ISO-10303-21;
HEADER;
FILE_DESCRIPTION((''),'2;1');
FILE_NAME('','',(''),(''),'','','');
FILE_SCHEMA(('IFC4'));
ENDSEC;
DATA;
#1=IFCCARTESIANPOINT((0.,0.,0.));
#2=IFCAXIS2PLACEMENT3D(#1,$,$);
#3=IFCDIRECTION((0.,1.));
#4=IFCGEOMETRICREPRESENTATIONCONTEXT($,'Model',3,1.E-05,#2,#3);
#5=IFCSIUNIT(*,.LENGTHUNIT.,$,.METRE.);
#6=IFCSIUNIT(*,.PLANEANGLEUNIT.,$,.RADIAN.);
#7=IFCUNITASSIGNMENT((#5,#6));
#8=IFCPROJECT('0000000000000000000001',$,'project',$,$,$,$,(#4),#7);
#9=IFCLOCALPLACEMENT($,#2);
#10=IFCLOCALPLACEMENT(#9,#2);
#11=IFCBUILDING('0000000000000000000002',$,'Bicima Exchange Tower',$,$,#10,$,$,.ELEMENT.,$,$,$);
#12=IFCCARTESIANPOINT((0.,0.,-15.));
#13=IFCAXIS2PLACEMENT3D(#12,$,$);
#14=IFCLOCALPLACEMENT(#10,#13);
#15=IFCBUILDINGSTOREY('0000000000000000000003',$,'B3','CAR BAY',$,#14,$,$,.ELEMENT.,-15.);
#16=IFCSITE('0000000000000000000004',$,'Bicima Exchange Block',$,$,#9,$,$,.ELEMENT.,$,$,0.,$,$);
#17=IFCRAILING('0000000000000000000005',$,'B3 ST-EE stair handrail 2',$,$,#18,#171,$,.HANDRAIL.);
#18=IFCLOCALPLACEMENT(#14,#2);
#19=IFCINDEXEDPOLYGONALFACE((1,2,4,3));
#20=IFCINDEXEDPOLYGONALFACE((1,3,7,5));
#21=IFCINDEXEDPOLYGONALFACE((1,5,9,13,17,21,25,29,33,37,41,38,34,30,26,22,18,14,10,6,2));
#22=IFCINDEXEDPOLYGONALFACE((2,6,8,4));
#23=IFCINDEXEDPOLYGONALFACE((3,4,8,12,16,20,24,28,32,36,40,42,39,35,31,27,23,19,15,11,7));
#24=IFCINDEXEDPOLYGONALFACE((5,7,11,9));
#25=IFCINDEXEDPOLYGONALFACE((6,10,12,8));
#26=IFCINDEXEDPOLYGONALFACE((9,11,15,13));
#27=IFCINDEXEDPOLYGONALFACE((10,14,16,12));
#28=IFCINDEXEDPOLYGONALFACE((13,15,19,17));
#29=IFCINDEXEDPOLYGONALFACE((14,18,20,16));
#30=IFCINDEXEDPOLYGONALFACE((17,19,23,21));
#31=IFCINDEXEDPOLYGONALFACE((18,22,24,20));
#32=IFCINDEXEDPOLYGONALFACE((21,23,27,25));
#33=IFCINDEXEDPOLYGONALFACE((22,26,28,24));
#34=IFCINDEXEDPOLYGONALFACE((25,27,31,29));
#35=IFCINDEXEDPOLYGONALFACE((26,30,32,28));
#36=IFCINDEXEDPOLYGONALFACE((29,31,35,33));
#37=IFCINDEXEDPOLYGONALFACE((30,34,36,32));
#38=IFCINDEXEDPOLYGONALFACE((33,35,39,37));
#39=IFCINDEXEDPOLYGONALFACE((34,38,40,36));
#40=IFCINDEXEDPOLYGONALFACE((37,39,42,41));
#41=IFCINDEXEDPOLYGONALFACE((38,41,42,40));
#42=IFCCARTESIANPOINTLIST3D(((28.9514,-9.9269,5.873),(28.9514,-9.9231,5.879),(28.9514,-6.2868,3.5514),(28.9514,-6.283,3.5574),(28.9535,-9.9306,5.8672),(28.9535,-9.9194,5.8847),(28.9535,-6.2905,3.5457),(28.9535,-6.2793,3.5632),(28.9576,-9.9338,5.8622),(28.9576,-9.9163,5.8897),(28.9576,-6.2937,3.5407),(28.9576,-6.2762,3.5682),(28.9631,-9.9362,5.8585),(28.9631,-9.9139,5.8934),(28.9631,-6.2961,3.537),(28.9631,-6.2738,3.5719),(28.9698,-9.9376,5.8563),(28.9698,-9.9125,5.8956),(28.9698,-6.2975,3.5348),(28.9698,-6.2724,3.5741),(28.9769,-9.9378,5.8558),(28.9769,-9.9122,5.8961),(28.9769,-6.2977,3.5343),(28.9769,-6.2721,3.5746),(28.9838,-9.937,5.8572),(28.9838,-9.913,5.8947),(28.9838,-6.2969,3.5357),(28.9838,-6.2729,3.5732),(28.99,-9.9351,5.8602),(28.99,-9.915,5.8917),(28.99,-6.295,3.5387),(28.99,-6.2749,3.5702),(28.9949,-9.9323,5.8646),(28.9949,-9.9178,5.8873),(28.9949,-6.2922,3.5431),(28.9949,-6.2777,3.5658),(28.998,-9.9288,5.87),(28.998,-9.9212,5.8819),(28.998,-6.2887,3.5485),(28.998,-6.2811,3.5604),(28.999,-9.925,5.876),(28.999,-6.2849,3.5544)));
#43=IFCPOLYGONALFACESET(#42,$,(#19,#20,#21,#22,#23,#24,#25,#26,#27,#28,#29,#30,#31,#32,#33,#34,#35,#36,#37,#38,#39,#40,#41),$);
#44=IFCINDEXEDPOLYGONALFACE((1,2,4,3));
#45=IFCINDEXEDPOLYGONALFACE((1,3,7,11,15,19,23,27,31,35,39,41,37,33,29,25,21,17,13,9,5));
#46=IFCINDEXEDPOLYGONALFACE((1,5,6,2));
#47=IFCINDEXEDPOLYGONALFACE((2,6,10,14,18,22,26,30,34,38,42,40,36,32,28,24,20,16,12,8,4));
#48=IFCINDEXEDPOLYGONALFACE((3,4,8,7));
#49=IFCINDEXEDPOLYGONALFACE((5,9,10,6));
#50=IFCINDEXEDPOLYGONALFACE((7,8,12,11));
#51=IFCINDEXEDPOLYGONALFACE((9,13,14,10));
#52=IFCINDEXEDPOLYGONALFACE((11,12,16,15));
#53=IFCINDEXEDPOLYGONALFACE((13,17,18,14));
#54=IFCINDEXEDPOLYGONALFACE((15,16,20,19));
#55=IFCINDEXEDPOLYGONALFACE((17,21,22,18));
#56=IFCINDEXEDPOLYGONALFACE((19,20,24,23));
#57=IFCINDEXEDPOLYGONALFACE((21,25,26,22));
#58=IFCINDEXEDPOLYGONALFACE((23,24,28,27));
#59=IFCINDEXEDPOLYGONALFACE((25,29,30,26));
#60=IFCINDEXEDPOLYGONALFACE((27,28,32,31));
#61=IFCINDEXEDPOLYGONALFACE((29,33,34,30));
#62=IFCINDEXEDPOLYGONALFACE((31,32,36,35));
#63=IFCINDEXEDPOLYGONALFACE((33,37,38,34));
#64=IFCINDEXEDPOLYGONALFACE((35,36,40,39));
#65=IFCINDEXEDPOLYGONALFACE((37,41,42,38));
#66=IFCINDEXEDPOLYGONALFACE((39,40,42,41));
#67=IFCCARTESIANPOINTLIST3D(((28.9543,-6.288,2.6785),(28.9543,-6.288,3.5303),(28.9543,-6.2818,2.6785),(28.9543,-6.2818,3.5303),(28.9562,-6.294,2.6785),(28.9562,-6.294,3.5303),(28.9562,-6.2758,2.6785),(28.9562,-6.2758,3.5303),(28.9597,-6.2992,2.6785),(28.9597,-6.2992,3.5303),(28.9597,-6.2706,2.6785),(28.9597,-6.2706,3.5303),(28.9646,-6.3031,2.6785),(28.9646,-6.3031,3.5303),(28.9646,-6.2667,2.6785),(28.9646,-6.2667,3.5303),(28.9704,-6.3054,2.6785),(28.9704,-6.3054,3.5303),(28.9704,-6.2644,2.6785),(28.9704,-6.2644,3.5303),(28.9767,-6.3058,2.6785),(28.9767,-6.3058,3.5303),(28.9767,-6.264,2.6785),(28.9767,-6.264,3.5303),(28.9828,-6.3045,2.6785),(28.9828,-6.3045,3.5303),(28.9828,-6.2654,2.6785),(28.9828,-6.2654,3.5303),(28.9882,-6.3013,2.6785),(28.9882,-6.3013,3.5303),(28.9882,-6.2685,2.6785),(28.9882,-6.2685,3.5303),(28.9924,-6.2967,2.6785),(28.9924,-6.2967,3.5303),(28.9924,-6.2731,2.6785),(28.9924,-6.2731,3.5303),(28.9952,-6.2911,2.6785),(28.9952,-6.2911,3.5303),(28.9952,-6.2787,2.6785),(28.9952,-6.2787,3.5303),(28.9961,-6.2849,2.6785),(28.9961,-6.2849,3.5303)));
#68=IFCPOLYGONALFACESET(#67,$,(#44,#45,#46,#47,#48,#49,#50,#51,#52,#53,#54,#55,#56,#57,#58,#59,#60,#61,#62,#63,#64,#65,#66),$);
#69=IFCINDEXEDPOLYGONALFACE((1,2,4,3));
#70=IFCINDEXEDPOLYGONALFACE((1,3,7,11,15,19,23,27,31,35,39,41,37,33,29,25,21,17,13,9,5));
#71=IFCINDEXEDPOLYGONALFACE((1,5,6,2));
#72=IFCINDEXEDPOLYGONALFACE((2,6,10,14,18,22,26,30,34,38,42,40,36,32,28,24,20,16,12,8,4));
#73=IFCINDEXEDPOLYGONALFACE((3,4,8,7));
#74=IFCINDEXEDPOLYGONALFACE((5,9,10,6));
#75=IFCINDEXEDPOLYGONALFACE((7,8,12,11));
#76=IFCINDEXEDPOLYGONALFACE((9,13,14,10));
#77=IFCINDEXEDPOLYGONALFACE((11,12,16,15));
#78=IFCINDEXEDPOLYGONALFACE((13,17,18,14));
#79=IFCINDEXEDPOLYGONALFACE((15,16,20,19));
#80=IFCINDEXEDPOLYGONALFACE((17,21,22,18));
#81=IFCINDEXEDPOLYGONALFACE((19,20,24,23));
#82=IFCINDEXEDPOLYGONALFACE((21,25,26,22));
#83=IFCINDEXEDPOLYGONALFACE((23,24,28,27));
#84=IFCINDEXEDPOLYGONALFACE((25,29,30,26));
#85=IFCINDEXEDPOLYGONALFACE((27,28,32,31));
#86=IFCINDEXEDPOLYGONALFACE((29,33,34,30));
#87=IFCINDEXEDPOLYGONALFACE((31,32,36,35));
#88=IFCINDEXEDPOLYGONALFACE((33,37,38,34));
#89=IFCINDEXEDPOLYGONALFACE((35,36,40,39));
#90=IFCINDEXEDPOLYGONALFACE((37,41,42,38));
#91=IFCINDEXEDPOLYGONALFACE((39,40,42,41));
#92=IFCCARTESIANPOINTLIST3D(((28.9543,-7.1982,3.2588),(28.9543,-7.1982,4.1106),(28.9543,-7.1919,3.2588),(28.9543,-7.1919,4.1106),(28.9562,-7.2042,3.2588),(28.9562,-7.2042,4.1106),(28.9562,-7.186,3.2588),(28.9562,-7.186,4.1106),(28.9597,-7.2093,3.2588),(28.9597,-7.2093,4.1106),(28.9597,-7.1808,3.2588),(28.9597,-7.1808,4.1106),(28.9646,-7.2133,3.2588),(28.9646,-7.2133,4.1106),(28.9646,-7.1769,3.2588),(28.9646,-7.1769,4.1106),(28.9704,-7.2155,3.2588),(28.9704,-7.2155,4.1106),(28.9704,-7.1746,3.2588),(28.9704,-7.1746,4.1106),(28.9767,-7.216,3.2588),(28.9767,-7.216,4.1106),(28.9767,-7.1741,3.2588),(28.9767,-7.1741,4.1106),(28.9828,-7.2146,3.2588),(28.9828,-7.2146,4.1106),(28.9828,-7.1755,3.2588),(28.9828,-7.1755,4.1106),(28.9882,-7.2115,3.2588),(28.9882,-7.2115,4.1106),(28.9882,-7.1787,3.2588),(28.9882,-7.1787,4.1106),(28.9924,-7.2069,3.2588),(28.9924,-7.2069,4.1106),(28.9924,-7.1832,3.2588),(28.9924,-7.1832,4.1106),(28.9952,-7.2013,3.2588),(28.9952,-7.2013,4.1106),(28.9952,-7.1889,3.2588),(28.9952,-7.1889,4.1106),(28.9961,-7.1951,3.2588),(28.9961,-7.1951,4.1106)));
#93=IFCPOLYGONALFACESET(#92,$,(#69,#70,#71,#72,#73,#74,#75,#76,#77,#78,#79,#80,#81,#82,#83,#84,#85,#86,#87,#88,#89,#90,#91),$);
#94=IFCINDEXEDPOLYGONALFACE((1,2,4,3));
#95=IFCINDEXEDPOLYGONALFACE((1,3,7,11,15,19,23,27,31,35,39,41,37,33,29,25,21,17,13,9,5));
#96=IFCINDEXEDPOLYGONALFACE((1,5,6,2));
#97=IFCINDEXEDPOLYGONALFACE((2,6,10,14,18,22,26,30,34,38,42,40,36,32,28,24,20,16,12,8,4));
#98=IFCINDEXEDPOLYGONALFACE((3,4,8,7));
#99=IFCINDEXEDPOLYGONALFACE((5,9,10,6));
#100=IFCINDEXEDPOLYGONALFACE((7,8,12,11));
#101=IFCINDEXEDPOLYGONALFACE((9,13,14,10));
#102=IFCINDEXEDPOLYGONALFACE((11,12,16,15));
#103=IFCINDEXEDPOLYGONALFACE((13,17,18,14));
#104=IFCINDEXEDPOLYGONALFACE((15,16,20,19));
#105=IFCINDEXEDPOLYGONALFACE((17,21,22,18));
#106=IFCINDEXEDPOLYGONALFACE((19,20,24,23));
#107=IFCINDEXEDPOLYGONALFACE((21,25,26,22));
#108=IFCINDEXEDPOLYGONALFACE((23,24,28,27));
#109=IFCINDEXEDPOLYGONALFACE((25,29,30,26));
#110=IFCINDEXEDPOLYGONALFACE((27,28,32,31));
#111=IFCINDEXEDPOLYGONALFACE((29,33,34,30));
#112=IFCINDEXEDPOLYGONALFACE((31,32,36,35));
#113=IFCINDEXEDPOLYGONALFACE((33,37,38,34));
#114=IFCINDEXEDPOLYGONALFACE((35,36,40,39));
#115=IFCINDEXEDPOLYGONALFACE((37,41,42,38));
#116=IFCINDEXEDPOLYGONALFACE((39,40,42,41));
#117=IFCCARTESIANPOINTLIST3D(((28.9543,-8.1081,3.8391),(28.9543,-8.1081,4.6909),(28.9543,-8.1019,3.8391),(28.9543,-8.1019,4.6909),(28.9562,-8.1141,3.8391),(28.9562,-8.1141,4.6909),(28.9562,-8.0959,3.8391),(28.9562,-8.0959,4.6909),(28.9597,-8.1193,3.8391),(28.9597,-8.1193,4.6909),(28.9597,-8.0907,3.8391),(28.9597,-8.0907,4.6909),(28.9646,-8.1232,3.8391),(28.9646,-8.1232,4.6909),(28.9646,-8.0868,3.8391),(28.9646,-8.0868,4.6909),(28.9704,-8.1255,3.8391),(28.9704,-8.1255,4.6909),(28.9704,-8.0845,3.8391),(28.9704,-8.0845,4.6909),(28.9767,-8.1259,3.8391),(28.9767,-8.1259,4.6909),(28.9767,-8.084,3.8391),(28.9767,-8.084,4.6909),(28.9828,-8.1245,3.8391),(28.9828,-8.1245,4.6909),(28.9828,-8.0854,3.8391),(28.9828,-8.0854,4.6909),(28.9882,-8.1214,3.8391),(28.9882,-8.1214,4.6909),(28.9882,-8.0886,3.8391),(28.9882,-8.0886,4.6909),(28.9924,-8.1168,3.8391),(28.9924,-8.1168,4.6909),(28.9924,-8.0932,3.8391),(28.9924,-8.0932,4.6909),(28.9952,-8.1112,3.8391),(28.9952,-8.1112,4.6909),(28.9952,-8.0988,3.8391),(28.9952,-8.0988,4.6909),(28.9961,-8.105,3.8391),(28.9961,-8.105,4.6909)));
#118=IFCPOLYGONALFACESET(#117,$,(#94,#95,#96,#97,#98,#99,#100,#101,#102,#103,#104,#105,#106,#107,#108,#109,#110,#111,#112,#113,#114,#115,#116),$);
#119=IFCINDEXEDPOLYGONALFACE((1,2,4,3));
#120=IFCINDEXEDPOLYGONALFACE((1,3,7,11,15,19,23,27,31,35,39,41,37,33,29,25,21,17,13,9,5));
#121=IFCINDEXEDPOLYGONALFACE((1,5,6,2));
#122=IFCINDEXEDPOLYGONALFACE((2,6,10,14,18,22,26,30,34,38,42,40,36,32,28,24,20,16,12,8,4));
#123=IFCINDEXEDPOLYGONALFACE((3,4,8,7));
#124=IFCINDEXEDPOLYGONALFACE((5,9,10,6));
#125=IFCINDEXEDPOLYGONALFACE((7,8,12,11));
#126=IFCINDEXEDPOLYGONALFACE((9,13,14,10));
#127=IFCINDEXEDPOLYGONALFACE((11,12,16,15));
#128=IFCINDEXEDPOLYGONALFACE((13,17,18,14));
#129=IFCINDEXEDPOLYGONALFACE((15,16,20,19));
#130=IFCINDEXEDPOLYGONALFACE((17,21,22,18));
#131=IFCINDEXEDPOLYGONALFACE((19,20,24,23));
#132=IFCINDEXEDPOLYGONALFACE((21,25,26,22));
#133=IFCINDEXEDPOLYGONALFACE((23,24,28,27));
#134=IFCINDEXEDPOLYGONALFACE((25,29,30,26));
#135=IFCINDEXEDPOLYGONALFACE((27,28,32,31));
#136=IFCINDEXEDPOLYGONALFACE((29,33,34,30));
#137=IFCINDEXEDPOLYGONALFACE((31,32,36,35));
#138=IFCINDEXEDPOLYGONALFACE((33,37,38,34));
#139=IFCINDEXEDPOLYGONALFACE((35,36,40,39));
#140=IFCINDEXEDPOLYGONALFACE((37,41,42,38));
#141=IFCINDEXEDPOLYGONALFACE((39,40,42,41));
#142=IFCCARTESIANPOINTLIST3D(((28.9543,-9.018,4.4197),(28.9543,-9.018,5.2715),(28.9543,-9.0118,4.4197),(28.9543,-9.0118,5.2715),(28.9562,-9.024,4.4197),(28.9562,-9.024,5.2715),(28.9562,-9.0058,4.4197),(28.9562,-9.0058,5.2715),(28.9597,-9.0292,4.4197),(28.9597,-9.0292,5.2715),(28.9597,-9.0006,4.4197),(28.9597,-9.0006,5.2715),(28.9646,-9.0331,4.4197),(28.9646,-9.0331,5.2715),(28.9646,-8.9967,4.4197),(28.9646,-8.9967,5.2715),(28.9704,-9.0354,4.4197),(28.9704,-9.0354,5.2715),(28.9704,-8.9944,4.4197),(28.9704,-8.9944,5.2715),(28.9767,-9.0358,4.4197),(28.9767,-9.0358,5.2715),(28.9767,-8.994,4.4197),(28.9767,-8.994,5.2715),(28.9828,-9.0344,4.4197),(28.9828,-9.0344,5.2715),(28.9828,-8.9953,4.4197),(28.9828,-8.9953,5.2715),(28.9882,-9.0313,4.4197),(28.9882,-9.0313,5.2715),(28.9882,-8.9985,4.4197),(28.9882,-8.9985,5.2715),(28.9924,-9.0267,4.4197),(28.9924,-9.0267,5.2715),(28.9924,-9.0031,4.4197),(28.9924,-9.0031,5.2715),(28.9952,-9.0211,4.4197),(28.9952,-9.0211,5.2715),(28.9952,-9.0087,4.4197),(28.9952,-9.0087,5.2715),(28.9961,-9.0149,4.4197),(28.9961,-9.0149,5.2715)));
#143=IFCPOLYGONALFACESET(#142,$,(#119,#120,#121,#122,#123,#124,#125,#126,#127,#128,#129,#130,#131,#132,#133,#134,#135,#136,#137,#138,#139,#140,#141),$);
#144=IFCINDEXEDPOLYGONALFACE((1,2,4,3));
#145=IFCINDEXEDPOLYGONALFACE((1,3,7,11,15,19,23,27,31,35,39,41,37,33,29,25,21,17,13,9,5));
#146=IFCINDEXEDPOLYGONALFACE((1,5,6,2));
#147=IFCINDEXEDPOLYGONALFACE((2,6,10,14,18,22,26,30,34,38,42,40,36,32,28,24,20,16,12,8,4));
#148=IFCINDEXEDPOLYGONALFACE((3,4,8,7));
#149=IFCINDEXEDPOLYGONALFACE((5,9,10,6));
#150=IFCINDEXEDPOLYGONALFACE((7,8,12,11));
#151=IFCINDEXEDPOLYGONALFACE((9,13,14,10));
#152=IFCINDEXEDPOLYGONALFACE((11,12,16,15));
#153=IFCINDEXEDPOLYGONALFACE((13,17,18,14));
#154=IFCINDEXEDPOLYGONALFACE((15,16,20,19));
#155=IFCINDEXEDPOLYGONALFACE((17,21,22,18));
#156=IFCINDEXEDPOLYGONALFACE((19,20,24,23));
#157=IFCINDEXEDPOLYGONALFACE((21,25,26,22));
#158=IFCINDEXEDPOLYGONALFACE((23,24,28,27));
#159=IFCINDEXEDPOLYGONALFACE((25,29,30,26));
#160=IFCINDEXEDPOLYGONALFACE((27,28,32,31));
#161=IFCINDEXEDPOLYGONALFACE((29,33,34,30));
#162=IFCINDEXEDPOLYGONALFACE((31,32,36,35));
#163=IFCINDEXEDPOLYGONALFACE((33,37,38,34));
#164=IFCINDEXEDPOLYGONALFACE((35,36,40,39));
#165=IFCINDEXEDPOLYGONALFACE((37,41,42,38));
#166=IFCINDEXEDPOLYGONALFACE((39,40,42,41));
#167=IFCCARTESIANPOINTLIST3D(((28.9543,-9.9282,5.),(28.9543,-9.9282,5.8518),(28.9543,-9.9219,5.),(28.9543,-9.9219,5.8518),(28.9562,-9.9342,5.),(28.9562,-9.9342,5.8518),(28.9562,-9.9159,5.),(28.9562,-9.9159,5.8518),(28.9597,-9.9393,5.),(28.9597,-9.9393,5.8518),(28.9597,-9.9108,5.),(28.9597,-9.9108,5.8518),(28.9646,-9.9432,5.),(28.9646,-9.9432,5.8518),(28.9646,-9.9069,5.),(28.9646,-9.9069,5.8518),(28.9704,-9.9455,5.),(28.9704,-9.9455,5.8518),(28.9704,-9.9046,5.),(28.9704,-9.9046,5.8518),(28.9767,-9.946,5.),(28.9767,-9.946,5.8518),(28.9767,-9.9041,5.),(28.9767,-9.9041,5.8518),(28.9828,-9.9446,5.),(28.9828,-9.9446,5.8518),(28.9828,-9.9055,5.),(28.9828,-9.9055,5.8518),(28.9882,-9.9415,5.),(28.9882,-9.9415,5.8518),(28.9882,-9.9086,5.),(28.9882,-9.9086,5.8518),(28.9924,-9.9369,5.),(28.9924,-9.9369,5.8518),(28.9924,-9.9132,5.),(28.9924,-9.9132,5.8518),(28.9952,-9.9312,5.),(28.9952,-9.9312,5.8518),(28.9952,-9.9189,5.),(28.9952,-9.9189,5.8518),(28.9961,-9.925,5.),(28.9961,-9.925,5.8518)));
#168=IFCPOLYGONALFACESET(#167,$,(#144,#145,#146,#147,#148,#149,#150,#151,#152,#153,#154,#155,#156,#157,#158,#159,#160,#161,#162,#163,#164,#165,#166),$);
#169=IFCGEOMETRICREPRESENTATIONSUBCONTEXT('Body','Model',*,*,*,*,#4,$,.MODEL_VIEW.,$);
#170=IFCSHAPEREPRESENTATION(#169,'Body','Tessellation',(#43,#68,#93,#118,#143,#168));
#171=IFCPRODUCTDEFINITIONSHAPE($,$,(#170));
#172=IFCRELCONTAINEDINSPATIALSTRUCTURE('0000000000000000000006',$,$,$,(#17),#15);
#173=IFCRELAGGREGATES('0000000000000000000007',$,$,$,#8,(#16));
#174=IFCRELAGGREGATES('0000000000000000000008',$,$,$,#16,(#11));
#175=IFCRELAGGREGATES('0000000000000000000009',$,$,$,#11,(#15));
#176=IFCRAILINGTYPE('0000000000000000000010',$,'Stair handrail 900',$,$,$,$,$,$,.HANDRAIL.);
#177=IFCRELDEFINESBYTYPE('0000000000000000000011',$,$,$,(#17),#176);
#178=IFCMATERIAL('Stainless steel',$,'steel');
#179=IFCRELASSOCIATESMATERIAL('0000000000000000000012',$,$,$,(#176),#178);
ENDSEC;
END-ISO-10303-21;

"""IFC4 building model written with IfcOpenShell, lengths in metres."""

from ifc_helpers import new_model, si_unit, direction, frame, origin, origin_2d, place, context, subcontext, project, spatial, circle, extrude, material, type_object, element, save


model = new_model("IFC4")

# Units and contexts
model_context = context("Model", 3, precision=1e-05, world=origin(), true_north=direction((0.0, 1.0)))
body_context = subcontext(model_context, "Body", "Model", "MODEL_VIEW")
ifc_project = project(units=[si_unit("LENGTHUNIT", "METRE"), si_unit("PLANEANGLEUNIT", "RADIAN")], contexts=[model_context])

# Site, building, storey
site_placement = place(None, origin())
site = spatial("IfcSite", under=ifc_project, at=site_placement, Name="Bicima Exchange Block", CompositionType="ELEMENT", RefElevation=0.0)
building_placement = place(site_placement, origin())
building = spatial("IfcBuilding", under=site, at=building_placement, Name="Bicima Exchange Tower", CompositionType="ELEMENT")
storey_placement = place(building_placement, frame((0.0, 0.0, -15.0)))
storey = spatial("IfcBuildingStorey", under=building, at=storey_placement, Name="B3", Description="CAR BAY", CompositionType="ELEMENT", Elevation=-15.0)

# Railing
ifc_material_1 = material(Name="Stainless steel", Category="steel")
railing_type_1 = type_object("IfcRailingType", Name="Stair handrail 900", PredefinedType="HANDRAIL", material=ifc_material_1)
railing_1_placement = place(storey_placement, frame((28.9751, -6.2849, 2.6785)))
element("IfcRailing", 1, at=railing_1_placement, inside=storey, type_object=railing_type_1, Name="B3 ST-EE stair handrail 2", PredefinedType="HANDRAIL", context=body_context, shape_type="SweptSolid", body=[
    extrude(circle(Radius=0.0239, at=origin_2d()), frame((0.0, 0.0, 0.876), z_axis=(0.0, -0.843128, 0.537713), x_axis=(1.0, 0.0, 0.0)), (0.0, 0.0, 1.0), 4.3174),
    extrude(circle(Radius=0.021, at=origin_2d()), origin(), (0.0, 0.0, 1.0), 0.8518),
    extrude(circle(Radius=0.021, at=origin_2d()), frame((0.0, -0.9102, 0.5803)), (0.0, 0.0, 1.0), 0.8518),
    extrude(circle(Radius=0.021, at=origin_2d()), frame((0.0, -1.8201, 1.1606)), (0.0, 0.0, 1.0), 0.8518),
    extrude(circle(Radius=0.021, at=origin_2d()), frame((0.0, -2.73, 1.7412)), (0.0, 0.0, 1.0), 0.8518),
    extrude(circle(Radius=0.021, at=origin_2d()), frame((0.0, -3.6401, 2.3215)), (0.0, 0.0, 1.0), 0.8518),
])

save(model, "model.ifc")
